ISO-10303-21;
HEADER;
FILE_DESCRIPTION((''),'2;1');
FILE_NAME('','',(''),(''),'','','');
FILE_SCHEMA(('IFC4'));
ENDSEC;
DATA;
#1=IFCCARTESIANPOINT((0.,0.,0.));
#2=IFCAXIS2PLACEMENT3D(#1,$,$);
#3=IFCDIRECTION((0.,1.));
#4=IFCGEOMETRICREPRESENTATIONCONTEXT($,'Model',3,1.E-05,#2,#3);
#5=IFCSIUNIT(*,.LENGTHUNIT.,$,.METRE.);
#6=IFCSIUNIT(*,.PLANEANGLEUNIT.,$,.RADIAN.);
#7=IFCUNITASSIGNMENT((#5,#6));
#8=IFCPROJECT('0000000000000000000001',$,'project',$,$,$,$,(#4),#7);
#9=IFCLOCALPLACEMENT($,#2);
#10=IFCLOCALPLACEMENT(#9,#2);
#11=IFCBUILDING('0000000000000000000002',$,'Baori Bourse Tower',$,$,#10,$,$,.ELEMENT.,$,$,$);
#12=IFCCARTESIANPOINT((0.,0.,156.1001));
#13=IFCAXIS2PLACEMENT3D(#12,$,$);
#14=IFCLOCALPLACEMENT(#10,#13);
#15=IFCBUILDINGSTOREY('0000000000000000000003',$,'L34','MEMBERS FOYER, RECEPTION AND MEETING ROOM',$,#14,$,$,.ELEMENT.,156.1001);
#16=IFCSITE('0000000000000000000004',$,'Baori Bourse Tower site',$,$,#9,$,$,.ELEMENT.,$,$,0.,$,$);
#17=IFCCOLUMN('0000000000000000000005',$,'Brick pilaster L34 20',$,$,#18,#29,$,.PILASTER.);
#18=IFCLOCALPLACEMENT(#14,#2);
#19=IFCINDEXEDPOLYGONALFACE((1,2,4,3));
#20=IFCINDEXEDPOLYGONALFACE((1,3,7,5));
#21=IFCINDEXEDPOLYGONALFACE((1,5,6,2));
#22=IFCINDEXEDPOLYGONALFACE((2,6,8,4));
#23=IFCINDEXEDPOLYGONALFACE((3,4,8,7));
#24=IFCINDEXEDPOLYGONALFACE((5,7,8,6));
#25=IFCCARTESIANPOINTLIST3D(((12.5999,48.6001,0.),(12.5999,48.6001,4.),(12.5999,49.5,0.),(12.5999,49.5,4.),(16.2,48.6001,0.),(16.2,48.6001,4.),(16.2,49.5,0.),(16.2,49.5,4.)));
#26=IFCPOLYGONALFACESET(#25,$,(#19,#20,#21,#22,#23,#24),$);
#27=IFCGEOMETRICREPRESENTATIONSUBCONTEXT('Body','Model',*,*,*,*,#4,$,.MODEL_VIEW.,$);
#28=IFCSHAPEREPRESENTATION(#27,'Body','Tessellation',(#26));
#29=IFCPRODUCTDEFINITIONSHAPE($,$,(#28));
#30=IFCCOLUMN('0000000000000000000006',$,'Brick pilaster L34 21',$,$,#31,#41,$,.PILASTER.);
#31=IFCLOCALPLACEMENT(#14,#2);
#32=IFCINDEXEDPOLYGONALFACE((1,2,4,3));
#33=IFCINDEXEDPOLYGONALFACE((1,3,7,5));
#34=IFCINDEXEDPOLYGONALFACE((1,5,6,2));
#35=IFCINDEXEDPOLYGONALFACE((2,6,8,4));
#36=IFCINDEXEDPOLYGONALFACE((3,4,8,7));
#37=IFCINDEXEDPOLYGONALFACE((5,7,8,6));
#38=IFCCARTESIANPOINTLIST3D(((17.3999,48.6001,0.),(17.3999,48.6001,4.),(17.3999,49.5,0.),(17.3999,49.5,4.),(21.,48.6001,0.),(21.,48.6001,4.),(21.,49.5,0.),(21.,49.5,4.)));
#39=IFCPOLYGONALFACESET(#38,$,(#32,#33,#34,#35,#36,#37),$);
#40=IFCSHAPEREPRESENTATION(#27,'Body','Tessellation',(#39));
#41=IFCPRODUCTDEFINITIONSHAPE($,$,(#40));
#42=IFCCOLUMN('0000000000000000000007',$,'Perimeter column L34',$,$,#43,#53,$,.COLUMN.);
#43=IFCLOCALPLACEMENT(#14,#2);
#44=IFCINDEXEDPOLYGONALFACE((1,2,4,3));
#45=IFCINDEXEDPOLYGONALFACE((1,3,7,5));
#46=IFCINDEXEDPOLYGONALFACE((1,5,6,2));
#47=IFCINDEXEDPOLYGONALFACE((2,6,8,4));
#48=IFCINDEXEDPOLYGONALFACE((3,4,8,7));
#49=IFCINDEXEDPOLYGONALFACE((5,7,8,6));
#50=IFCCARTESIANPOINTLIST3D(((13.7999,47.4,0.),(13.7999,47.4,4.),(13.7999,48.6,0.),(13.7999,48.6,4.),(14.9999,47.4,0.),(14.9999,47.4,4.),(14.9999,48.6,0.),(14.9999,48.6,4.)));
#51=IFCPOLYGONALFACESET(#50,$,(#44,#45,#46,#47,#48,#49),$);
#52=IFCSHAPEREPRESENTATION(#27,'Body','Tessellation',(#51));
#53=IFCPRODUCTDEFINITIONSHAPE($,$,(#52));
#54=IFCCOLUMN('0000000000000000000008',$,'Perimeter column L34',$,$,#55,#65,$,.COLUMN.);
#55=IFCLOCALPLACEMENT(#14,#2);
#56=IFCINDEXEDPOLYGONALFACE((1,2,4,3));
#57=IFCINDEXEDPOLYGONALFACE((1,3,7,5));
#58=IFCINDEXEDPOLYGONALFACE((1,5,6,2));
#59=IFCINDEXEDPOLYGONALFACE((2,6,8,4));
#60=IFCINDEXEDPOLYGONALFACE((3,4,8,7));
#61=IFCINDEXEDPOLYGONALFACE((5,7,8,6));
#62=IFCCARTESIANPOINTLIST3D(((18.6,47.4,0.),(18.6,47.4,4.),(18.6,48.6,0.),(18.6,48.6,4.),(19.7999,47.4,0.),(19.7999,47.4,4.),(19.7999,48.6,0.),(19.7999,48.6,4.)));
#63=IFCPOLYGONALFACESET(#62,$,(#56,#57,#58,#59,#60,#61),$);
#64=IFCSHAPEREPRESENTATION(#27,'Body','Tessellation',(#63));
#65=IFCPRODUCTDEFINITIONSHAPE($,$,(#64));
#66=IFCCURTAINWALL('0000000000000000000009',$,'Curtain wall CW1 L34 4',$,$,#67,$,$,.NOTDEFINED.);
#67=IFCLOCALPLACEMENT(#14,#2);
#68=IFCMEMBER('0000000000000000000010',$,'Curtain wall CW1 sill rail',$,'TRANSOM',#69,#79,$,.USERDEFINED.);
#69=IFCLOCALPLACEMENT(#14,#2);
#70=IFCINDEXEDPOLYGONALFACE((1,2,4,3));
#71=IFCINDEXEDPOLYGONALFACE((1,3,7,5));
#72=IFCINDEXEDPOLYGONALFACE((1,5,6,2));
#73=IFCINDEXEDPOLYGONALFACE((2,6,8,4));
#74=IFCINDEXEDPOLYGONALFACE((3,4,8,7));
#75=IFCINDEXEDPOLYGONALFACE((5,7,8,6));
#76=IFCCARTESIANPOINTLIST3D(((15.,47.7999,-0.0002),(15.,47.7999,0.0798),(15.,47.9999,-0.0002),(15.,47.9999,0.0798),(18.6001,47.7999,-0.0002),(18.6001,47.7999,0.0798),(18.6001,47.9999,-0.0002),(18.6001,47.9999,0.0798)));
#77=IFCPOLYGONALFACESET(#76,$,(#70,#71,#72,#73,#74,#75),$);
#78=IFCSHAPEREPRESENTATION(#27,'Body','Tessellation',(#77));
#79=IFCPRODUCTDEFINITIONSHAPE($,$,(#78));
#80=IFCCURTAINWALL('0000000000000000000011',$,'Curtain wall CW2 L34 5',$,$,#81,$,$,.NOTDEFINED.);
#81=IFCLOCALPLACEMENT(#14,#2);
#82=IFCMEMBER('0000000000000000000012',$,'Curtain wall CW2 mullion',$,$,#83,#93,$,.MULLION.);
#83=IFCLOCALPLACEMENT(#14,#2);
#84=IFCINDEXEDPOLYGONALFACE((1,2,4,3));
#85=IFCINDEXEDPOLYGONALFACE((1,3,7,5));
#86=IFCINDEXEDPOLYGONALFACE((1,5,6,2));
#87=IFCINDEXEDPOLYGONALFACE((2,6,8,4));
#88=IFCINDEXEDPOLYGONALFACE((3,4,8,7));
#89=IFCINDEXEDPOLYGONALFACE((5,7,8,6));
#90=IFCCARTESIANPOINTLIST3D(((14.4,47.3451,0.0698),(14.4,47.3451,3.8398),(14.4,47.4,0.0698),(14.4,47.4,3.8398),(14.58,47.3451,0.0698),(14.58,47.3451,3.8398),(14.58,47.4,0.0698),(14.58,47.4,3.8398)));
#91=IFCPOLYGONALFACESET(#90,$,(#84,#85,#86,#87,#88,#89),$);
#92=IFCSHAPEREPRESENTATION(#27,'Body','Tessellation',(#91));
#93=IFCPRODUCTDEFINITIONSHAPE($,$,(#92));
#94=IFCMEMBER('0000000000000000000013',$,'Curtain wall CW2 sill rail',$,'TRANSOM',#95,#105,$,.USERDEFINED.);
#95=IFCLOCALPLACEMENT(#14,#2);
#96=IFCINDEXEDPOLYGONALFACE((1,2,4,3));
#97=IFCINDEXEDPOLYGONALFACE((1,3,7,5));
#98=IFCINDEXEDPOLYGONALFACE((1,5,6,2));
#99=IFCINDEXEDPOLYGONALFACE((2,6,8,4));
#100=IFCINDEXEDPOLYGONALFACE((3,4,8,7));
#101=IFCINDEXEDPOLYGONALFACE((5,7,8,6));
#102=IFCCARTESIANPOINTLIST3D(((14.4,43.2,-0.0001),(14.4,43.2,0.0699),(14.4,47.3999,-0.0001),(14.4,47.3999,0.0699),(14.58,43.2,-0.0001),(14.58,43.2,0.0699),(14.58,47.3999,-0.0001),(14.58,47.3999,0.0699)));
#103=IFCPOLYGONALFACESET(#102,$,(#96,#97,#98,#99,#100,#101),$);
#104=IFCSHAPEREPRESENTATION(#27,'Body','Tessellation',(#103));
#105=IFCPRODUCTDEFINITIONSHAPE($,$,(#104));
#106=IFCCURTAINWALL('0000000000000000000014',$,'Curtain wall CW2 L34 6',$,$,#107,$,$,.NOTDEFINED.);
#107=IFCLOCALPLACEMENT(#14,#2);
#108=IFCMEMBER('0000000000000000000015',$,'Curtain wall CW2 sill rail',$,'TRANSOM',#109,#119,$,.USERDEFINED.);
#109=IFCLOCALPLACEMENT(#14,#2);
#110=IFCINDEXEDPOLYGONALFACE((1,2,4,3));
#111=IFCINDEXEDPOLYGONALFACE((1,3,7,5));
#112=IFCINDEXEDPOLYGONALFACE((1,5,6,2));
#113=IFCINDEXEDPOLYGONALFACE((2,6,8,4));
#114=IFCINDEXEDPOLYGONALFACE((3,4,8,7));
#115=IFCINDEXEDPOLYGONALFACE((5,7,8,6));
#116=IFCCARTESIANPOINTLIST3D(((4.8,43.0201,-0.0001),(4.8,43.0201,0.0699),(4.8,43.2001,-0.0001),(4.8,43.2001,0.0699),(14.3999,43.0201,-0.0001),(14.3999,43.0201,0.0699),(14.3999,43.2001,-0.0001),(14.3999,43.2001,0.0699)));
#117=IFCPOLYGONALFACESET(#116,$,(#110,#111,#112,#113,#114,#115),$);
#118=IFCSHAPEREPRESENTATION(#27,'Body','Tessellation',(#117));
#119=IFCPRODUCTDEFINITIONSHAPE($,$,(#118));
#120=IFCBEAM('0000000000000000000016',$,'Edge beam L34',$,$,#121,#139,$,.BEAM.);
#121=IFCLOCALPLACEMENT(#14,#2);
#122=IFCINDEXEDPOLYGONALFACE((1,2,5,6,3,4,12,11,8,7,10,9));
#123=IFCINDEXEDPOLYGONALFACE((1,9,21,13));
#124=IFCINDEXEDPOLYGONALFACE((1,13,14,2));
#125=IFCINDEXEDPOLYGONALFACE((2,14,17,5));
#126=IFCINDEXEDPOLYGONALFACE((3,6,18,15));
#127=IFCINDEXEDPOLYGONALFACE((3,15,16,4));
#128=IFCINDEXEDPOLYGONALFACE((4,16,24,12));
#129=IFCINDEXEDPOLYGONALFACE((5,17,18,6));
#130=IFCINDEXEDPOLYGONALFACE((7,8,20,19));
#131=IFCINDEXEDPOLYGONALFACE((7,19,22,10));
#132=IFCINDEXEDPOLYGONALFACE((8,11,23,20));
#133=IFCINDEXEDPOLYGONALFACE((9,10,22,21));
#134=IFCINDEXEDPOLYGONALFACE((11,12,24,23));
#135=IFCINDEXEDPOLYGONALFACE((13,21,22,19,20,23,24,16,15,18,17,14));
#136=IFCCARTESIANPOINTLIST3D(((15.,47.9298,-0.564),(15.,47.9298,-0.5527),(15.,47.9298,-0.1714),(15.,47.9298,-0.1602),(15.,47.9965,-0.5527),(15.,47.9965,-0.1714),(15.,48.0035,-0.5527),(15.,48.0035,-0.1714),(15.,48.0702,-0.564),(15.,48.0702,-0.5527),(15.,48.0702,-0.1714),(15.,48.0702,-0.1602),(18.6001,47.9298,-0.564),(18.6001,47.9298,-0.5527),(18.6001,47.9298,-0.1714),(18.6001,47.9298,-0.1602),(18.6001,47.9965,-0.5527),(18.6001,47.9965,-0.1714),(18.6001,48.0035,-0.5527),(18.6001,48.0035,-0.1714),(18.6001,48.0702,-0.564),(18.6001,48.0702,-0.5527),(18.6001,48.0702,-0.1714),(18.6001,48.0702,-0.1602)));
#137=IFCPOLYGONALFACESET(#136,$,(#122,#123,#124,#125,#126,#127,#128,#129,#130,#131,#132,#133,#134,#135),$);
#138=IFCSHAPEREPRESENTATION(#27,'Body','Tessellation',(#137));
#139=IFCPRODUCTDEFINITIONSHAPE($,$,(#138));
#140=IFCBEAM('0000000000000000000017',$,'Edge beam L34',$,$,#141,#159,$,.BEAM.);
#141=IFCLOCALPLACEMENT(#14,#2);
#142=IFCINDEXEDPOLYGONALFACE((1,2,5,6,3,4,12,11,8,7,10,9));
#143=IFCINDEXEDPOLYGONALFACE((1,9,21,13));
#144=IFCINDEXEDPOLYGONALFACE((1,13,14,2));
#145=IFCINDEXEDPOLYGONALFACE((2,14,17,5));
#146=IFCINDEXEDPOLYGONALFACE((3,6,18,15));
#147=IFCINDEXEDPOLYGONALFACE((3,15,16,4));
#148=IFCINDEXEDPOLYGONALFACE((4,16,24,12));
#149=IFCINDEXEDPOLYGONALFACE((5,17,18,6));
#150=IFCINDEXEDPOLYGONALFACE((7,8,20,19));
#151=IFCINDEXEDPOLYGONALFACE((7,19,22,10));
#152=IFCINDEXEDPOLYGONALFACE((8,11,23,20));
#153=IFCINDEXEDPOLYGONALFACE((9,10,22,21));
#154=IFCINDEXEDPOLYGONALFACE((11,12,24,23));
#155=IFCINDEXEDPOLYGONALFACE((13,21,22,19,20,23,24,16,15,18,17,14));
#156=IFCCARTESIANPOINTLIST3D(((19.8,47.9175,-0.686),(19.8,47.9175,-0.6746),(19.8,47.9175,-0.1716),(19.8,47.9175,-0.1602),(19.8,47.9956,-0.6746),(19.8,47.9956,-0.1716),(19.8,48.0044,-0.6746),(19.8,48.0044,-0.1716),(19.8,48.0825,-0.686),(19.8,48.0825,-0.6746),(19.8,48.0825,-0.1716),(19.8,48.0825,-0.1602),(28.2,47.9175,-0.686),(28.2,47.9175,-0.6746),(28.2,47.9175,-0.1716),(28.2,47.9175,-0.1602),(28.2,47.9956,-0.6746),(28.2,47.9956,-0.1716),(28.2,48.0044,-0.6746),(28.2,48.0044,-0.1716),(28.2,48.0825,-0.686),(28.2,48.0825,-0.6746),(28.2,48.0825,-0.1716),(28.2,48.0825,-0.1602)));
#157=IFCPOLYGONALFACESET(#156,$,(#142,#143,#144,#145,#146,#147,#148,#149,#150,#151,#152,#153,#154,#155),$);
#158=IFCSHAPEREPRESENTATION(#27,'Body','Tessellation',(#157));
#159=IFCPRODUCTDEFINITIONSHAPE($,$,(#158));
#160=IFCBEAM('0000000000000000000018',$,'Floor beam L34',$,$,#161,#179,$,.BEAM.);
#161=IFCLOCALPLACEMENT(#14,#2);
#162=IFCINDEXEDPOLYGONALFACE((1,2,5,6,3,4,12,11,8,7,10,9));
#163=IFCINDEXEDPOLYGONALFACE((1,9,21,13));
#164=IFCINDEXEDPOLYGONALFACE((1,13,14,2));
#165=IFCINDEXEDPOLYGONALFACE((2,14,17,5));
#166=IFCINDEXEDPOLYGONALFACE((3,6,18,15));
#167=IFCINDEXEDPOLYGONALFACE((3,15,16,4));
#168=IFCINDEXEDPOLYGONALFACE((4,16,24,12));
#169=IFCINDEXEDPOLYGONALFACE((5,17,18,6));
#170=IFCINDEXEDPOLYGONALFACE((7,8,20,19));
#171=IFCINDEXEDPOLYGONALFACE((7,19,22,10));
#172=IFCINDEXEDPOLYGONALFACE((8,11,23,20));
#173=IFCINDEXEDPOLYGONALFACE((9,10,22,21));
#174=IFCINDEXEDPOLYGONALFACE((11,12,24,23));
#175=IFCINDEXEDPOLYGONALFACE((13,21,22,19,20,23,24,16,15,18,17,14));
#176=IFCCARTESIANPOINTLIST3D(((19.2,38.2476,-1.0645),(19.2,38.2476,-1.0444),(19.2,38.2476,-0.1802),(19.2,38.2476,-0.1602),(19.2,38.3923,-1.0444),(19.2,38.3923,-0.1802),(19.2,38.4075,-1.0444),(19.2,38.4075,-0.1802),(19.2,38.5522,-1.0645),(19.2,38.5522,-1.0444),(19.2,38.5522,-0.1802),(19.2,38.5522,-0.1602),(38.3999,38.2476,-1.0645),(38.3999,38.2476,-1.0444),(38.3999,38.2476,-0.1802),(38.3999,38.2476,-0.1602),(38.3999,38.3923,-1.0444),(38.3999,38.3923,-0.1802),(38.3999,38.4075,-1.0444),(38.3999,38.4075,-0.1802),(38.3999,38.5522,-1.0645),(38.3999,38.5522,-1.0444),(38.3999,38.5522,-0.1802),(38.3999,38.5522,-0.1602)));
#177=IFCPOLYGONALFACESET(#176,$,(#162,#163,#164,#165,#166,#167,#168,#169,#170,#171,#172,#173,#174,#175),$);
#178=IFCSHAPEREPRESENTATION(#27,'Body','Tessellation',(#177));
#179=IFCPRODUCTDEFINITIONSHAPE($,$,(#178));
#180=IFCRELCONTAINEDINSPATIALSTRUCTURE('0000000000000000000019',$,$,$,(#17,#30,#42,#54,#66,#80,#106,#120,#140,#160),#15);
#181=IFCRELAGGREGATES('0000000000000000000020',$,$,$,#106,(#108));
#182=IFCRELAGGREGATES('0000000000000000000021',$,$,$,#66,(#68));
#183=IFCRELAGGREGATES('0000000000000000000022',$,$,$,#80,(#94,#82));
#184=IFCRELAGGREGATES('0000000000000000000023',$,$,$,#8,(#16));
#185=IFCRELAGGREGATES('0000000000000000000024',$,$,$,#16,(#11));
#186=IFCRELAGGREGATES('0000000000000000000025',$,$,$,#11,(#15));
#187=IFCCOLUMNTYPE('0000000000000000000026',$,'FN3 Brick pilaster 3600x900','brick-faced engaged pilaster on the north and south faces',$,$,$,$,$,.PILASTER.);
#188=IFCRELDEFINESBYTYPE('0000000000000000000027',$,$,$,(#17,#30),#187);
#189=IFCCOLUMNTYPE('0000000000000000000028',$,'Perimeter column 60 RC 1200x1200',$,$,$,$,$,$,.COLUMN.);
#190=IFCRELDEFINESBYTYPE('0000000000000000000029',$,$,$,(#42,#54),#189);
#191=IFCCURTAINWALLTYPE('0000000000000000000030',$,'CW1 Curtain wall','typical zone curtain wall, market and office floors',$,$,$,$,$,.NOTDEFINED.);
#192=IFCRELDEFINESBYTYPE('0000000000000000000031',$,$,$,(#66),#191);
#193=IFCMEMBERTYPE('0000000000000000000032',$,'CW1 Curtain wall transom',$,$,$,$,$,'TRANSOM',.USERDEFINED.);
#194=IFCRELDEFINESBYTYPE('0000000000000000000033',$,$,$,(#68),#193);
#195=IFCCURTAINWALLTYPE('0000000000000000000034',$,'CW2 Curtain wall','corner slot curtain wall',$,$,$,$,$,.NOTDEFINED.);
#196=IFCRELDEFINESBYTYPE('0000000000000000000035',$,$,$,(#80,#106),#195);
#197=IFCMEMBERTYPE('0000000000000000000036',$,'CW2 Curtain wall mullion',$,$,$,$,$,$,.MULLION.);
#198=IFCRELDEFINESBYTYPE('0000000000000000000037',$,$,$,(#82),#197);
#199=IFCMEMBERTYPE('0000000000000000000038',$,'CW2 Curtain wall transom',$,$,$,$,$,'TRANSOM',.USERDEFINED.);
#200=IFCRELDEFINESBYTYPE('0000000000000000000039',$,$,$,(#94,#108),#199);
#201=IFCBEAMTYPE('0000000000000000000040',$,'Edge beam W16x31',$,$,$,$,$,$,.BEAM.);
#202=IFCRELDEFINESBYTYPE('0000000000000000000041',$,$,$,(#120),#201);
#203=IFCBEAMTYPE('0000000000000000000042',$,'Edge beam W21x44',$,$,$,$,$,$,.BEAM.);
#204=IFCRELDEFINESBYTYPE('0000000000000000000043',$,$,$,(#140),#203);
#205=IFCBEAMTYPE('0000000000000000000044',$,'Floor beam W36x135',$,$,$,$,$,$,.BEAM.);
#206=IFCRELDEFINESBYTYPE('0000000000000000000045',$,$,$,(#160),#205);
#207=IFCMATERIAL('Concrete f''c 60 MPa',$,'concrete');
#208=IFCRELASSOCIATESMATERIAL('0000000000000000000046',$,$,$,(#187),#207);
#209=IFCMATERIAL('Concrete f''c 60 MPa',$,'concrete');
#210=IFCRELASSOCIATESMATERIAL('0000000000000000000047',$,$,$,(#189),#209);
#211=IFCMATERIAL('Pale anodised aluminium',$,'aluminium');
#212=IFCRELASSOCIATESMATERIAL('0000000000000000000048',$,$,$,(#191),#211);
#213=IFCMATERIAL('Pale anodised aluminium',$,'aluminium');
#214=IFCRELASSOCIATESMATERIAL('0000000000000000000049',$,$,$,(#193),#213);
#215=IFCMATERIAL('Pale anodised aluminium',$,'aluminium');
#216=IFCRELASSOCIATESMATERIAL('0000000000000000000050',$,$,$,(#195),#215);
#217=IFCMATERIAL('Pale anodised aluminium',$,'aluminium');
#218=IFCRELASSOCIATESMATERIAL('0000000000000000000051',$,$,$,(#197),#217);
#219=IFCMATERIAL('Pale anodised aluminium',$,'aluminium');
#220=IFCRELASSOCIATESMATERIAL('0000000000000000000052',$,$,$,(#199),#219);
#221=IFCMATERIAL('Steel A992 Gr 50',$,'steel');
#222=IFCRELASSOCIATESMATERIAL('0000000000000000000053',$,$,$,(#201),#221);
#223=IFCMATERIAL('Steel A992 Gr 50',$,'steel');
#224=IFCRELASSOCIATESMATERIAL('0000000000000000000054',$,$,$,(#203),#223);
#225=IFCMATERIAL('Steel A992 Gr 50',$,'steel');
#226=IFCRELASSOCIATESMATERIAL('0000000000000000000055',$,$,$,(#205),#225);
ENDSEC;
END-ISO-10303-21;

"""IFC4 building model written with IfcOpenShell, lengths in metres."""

from ifc_helpers import new_model, si_unit, direction, frame, origin, origin_2d, place, context, subcontext, project, spatial, rectangle, i_section, extrude, material, material_profile, profile_set, type_object, element, aggregate, save


model = new_model("IFC4")

# Units and contexts
model_context = context("Model", 3, precision=1e-05, world=origin(), true_north=direction((0.0, 1.0)))
body_context = subcontext(model_context, "Body", "Model", "MODEL_VIEW")
ifc_project = project(units=[si_unit("LENGTHUNIT", "METRE"), si_unit("PLANEANGLEUNIT", "RADIAN")], contexts=[model_context])

# Site, building, storey
site_placement = place(None, origin())
site = spatial("IfcSite", under=ifc_project, at=site_placement, Name="Baori Bourse Tower site", CompositionType="ELEMENT", RefElevation=0.0)
building_placement = place(site_placement, origin())
building = spatial("IfcBuilding", under=site, at=building_placement, Name="Baori Bourse Tower", CompositionType="ELEMENT")
storey_placement = place(building_placement, frame((0.0, 0.0, 156.1001)))
storey = spatial("IfcBuildingStorey", under=building, at=storey_placement, Name="L34", Description="MEMBERS FOYER, RECEPTION AND MEETING ROOM", CompositionType="ELEMENT", Elevation=156.1001)

# Columns
ifc_material_1 = material(Name="Concrete f'c 60 MPa", Category="concrete")
ifc_material_profile_1 = material_profile(ifc_material_1, rectangle(XDim=3.6001, YDim=0.8999, at=origin_2d()), Name="RC 3600x900")
ifc_profile_set_1 = profile_set([ifc_material_profile_1], Name="Concrete f'c 60 MPa")
column_type_1 = type_object("IfcColumnType", Name="FN3 Brick pilaster 3600x900", Description="brick-faced engaged pilaster on the north and south faces", PredefinedType="PILASTER", material=ifc_profile_set_1)
for number, where, z_axis, x_axis, name in (
    (1, (14.3999, 49.05, 0.0), (0.0, 0.0, 1.0), (1.0, 0.0, 0.0), "Brick pilaster L34 20"),
    (2, (19.2, 49.05, 0.0), (0.0, 0.0, 1.0), (1.0, 0.0, 0.0), "Brick pilaster L34 21"),
):
    element("IfcColumn", number, at=place(storey_placement, frame(where, z_axis=z_axis, x_axis=x_axis)), inside=storey, type_object=column_type_1, Name=name, PredefinedType="PILASTER", context=body_context, shape_type="SweptSolid", body=[
        extrude(rectangle(XDim=3.6001, YDim=0.8999, at=origin_2d()), origin(), (0.0, 0.0, 1.0), 4.0),
    ])
ifc_material_2 = material(Name="Concrete f'c 60 MPa", Category="concrete")
ifc_material_profile_2 = material_profile(ifc_material_2, rectangle(XDim=1.2, YDim=1.2, at=origin_2d()), Name="RC 1200x1200")
ifc_profile_set_2 = profile_set([ifc_material_profile_2], Name="Concrete f'c 60 MPa")
column_type_2 = type_object("IfcColumnType", Name="Perimeter column 60 RC 1200x1200", PredefinedType="COLUMN", material=ifc_profile_set_2)
for number, where, z_axis, x_axis, name in (
    (3, (14.3999, 48.0, 0.0), (0.0, 0.0, 1.0), (1.0, 0.0, 0.0), "Perimeter column L34"),
    (4, (19.2, 48.0, 0.0), (0.0, 0.0, 1.0), (1.0, 0.0, 0.0), "Perimeter column L34"),
):
    element("IfcColumn", number, at=place(storey_placement, frame(where, z_axis=z_axis, x_axis=x_axis)), inside=storey, type_object=column_type_2, Name=name, PredefinedType="COLUMN", context=body_context, shape_type="SweptSolid", body=[
        extrude(rectangle(XDim=1.2, YDim=1.2, at=origin_2d()), origin(), (0.0, 0.0, 1.0), 4.0),
    ])

# Curtain wall, member
ifc_material_3 = material(Name="Pale anodised aluminium", Category="aluminium")
curtain_wall_type_1 = type_object("IfcCurtainWallType", Name="CW1 Curtain wall", Description="typical zone curtain wall, market and office floors", PredefinedType="NOTDEFINED", material=ifc_material_3)
curtain_wall_1_placement = place(storey_placement, origin())
curtain_wall_1 = element("IfcCurtainWall", 5, at=curtain_wall_1_placement, inside=storey, type_object=curtain_wall_type_1, Name="Curtain wall CW1 L34 4", PredefinedType="NOTDEFINED")
ifc_material_4 = material(Name="Pale anodised aluminium", Category="aluminium")
ifc_material_profile_3 = material_profile(ifc_material_4, rectangle(XDim=0.2, YDim=0.0801, at=origin_2d()), Name="Transom 80x200")
ifc_profile_set_3 = profile_set([ifc_material_profile_3], Name="Pale anodised aluminium")
member_type_1 = type_object("IfcMemberType", Name="CW1 Curtain wall transom", ElementType="TRANSOM", PredefinedType="USERDEFINED", material=ifc_profile_set_3)
member_1_placement = place(storey_placement, frame((18.6001, 47.8999, 0.0398), z_axis=(-1.0, 0.0, 0.0), x_axis=(0.0, -1.0, 0.0)))
member_1 = element("IfcMember", 6, at=member_1_placement, type_object=member_type_1, Name="Curtain wall CW1 sill rail", ObjectType="TRANSOM", PredefinedType="USERDEFINED", context=body_context, shape_type="SweptSolid", body=[
    extrude(rectangle(XDim=0.2, YDim=0.0801, at=origin_2d()), origin(), (0.0, 0.0, 1.0), 3.6001),
])

# Curtain wall, members
ifc_material_5 = material(Name="Pale anodised aluminium", Category="aluminium")
curtain_wall_type_2 = type_object("IfcCurtainWallType", Name="CW2 Curtain wall", Description="corner slot curtain wall", PredefinedType="NOTDEFINED", material=ifc_material_5)
curtain_wall_2_placement = place(storey_placement, origin())
curtain_wall_2 = element("IfcCurtainWall", 7, at=curtain_wall_2_placement, inside=storey, type_object=curtain_wall_type_2, Name="Curtain wall CW2 L34 5", PredefinedType="NOTDEFINED")
ifc_material_6 = material(Name="Pale anodised aluminium", Category="aluminium")
ifc_material_profile_4 = material_profile(ifc_material_6, rectangle(XDim=0.1799, YDim=0.0549, at=origin_2d()), Name="Mullion 55x180")
ifc_profile_set_4 = profile_set([ifc_material_profile_4], Name="Pale anodised aluminium")
member_type_2 = type_object("IfcMemberType", Name="CW2 Curtain wall mullion", PredefinedType="MULLION", material=ifc_profile_set_4)
member_2_placement = place(storey_placement, frame((14.49, 47.3726, 0.0698), z_axis=(0.0, 0.0, 1.0), x_axis=(1.0, 0.0, 0.0)))
member_2 = element("IfcMember", 8, at=member_2_placement, type_object=member_type_2, Name="Curtain wall CW2 mullion", PredefinedType="MULLION", context=body_context, shape_type="SweptSolid", body=[
    extrude(rectangle(XDim=0.1799, YDim=0.0549, at=origin_2d()), origin(), (0.0, 0.0, 1.0), 3.77),
])
ifc_material_7 = material(Name="Pale anodised aluminium", Category="aluminium")
ifc_material_profile_5 = material_profile(ifc_material_7, rectangle(XDim=0.1799, YDim=0.0701, at=origin_2d()), Name="Transom 70x180")
ifc_profile_set_5 = profile_set([ifc_material_profile_5], Name="Pale anodised aluminium")
member_type_3 = type_object("IfcMemberType", Name="CW2 Curtain wall transom", ElementType="TRANSOM", PredefinedType="USERDEFINED", material=ifc_profile_set_5)
member_3_placement = place(storey_placement, frame((14.49, 47.3999, 0.0349), z_axis=(0.0, -1.0, 0.0), x_axis=(1.0, 0.0, 0.0)))
member_3 = element("IfcMember", 9, at=member_3_placement, type_object=member_type_3, Name="Curtain wall CW2 sill rail", ObjectType="TRANSOM", PredefinedType="USERDEFINED", context=body_context, shape_type="SweptSolid", body=[
    extrude(rectangle(XDim=0.1799, YDim=0.0701, at=origin_2d()), origin(), (0.0, 0.0, 1.0), 4.2),
])

# Curtain wall, member
curtain_wall_3_placement = place(storey_placement, origin())
curtain_wall_3 = element("IfcCurtainWall", 10, at=curtain_wall_3_placement, inside=storey, type_object=curtain_wall_type_2, Name="Curtain wall CW2 L34 6", PredefinedType="NOTDEFINED")
member_4_placement = place(storey_placement, frame((14.3999, 43.1101, 0.0349), z_axis=(-1.0, 0.0, 0.0), x_axis=(0.0, -1.0, 0.0)))
member_4 = element("IfcMember", 11, at=member_4_placement, type_object=member_type_3, Name="Curtain wall CW2 sill rail", ObjectType="TRANSOM", PredefinedType="USERDEFINED", context=body_context, shape_type="SweptSolid", body=[
    extrude(rectangle(XDim=0.1799, YDim=0.0701, at=origin_2d()), origin(), (0.0, 0.0, 1.0), 9.5999),
])
aggregate(curtain_wall_3, [member_4])

# Beams
ifc_material_8 = material(Name="Steel A992 Gr 50", Category="steel")
ifc_material_profile_6 = material_profile(ifc_material_8, i_section(OverallWidth=0.1404, OverallDepth=0.4038, WebThickness=0.0071, FlangeThickness=0.0112, at=origin_2d()), Name="W16x31")
ifc_profile_set_6 = profile_set([ifc_material_profile_6], Name="Steel A992 Gr 50")
beam_type_1 = type_object("IfcBeamType", Name="Edge beam W16x31", PredefinedType="BEAM", material=ifc_profile_set_6)
beam_1_placement = place(storey_placement, frame((15.0, 48.0, -0.3621), z_axis=(1.0, 0.0, 0.0), x_axis=(0.0, 1.0, 0.0)))
element("IfcBeam", 12, at=beam_1_placement, inside=storey, type_object=beam_type_1, Name="Edge beam L34", PredefinedType="BEAM", context=body_context, shape_type="SweptSolid", body=[
    extrude(i_section(OverallWidth=0.1404, OverallDepth=0.4038, WebThickness=0.0071, FlangeThickness=0.0112, at=origin_2d()), origin(), (0.0, 0.0, 1.0), 3.6001),
])
ifc_material_9 = material(Name="Steel A992 Gr 50", Category="steel")
ifc_material_profile_7 = material_profile(ifc_material_9, i_section(OverallWidth=0.165, OverallDepth=0.5259, WebThickness=0.0088, FlangeThickness=0.0115, at=origin_2d()), Name="W21x44")
ifc_profile_set_7 = profile_set([ifc_material_profile_7], Name="Steel A992 Gr 50")
beam_type_2 = type_object("IfcBeamType", Name="Edge beam W21x44", PredefinedType="BEAM", material=ifc_profile_set_7)
beam_2_placement = place(storey_placement, frame((19.8, 48.0, -0.4231), z_axis=(1.0, 0.0, 0.0), x_axis=(0.0, 1.0, 0.0)))
element("IfcBeam", 13, at=beam_2_placement, inside=storey, type_object=beam_type_2, Name="Edge beam L34", PredefinedType="BEAM", context=body_context, shape_type="SweptSolid", body=[
    extrude(i_section(OverallWidth=0.165, OverallDepth=0.5259, WebThickness=0.0088, FlangeThickness=0.0115, at=origin_2d()), origin(), (0.0, 0.0, 1.0), 8.3999),
])
ifc_material_10 = material(Name="Steel A992 Gr 50", Category="steel")
ifc_material_profile_8 = material_profile(ifc_material_10, i_section(OverallWidth=0.3047, OverallDepth=0.9043, WebThickness=0.0151, FlangeThickness=0.02, at=origin_2d()), Name="W36x135")
ifc_profile_set_8 = profile_set([ifc_material_profile_8], Name="Steel A992 Gr 50")
beam_type_3 = type_object("IfcBeamType", Name="Floor beam W36x135", PredefinedType="BEAM", material=ifc_profile_set_8)
beam_3_placement = place(storey_placement, frame((19.2, 38.3999, -0.6123), z_axis=(1.0, 0.0, 0.0), x_axis=(0.0, 1.0, 0.0)))
element("IfcBeam", 14, at=beam_3_placement, inside=storey, type_object=beam_type_3, Name="Floor beam L34", PredefinedType="BEAM", context=body_context, shape_type="SweptSolid", body=[
    extrude(i_section(OverallWidth=0.3047, OverallDepth=0.9043, WebThickness=0.0151, FlangeThickness=0.02, at=origin_2d()), origin(), (0.0, 0.0, 1.0), 19.2),
])

aggregate(curtain_wall_1, [member_1])
aggregate(curtain_wall_2, [member_3, member_2])

save(model, "model.ifc")
